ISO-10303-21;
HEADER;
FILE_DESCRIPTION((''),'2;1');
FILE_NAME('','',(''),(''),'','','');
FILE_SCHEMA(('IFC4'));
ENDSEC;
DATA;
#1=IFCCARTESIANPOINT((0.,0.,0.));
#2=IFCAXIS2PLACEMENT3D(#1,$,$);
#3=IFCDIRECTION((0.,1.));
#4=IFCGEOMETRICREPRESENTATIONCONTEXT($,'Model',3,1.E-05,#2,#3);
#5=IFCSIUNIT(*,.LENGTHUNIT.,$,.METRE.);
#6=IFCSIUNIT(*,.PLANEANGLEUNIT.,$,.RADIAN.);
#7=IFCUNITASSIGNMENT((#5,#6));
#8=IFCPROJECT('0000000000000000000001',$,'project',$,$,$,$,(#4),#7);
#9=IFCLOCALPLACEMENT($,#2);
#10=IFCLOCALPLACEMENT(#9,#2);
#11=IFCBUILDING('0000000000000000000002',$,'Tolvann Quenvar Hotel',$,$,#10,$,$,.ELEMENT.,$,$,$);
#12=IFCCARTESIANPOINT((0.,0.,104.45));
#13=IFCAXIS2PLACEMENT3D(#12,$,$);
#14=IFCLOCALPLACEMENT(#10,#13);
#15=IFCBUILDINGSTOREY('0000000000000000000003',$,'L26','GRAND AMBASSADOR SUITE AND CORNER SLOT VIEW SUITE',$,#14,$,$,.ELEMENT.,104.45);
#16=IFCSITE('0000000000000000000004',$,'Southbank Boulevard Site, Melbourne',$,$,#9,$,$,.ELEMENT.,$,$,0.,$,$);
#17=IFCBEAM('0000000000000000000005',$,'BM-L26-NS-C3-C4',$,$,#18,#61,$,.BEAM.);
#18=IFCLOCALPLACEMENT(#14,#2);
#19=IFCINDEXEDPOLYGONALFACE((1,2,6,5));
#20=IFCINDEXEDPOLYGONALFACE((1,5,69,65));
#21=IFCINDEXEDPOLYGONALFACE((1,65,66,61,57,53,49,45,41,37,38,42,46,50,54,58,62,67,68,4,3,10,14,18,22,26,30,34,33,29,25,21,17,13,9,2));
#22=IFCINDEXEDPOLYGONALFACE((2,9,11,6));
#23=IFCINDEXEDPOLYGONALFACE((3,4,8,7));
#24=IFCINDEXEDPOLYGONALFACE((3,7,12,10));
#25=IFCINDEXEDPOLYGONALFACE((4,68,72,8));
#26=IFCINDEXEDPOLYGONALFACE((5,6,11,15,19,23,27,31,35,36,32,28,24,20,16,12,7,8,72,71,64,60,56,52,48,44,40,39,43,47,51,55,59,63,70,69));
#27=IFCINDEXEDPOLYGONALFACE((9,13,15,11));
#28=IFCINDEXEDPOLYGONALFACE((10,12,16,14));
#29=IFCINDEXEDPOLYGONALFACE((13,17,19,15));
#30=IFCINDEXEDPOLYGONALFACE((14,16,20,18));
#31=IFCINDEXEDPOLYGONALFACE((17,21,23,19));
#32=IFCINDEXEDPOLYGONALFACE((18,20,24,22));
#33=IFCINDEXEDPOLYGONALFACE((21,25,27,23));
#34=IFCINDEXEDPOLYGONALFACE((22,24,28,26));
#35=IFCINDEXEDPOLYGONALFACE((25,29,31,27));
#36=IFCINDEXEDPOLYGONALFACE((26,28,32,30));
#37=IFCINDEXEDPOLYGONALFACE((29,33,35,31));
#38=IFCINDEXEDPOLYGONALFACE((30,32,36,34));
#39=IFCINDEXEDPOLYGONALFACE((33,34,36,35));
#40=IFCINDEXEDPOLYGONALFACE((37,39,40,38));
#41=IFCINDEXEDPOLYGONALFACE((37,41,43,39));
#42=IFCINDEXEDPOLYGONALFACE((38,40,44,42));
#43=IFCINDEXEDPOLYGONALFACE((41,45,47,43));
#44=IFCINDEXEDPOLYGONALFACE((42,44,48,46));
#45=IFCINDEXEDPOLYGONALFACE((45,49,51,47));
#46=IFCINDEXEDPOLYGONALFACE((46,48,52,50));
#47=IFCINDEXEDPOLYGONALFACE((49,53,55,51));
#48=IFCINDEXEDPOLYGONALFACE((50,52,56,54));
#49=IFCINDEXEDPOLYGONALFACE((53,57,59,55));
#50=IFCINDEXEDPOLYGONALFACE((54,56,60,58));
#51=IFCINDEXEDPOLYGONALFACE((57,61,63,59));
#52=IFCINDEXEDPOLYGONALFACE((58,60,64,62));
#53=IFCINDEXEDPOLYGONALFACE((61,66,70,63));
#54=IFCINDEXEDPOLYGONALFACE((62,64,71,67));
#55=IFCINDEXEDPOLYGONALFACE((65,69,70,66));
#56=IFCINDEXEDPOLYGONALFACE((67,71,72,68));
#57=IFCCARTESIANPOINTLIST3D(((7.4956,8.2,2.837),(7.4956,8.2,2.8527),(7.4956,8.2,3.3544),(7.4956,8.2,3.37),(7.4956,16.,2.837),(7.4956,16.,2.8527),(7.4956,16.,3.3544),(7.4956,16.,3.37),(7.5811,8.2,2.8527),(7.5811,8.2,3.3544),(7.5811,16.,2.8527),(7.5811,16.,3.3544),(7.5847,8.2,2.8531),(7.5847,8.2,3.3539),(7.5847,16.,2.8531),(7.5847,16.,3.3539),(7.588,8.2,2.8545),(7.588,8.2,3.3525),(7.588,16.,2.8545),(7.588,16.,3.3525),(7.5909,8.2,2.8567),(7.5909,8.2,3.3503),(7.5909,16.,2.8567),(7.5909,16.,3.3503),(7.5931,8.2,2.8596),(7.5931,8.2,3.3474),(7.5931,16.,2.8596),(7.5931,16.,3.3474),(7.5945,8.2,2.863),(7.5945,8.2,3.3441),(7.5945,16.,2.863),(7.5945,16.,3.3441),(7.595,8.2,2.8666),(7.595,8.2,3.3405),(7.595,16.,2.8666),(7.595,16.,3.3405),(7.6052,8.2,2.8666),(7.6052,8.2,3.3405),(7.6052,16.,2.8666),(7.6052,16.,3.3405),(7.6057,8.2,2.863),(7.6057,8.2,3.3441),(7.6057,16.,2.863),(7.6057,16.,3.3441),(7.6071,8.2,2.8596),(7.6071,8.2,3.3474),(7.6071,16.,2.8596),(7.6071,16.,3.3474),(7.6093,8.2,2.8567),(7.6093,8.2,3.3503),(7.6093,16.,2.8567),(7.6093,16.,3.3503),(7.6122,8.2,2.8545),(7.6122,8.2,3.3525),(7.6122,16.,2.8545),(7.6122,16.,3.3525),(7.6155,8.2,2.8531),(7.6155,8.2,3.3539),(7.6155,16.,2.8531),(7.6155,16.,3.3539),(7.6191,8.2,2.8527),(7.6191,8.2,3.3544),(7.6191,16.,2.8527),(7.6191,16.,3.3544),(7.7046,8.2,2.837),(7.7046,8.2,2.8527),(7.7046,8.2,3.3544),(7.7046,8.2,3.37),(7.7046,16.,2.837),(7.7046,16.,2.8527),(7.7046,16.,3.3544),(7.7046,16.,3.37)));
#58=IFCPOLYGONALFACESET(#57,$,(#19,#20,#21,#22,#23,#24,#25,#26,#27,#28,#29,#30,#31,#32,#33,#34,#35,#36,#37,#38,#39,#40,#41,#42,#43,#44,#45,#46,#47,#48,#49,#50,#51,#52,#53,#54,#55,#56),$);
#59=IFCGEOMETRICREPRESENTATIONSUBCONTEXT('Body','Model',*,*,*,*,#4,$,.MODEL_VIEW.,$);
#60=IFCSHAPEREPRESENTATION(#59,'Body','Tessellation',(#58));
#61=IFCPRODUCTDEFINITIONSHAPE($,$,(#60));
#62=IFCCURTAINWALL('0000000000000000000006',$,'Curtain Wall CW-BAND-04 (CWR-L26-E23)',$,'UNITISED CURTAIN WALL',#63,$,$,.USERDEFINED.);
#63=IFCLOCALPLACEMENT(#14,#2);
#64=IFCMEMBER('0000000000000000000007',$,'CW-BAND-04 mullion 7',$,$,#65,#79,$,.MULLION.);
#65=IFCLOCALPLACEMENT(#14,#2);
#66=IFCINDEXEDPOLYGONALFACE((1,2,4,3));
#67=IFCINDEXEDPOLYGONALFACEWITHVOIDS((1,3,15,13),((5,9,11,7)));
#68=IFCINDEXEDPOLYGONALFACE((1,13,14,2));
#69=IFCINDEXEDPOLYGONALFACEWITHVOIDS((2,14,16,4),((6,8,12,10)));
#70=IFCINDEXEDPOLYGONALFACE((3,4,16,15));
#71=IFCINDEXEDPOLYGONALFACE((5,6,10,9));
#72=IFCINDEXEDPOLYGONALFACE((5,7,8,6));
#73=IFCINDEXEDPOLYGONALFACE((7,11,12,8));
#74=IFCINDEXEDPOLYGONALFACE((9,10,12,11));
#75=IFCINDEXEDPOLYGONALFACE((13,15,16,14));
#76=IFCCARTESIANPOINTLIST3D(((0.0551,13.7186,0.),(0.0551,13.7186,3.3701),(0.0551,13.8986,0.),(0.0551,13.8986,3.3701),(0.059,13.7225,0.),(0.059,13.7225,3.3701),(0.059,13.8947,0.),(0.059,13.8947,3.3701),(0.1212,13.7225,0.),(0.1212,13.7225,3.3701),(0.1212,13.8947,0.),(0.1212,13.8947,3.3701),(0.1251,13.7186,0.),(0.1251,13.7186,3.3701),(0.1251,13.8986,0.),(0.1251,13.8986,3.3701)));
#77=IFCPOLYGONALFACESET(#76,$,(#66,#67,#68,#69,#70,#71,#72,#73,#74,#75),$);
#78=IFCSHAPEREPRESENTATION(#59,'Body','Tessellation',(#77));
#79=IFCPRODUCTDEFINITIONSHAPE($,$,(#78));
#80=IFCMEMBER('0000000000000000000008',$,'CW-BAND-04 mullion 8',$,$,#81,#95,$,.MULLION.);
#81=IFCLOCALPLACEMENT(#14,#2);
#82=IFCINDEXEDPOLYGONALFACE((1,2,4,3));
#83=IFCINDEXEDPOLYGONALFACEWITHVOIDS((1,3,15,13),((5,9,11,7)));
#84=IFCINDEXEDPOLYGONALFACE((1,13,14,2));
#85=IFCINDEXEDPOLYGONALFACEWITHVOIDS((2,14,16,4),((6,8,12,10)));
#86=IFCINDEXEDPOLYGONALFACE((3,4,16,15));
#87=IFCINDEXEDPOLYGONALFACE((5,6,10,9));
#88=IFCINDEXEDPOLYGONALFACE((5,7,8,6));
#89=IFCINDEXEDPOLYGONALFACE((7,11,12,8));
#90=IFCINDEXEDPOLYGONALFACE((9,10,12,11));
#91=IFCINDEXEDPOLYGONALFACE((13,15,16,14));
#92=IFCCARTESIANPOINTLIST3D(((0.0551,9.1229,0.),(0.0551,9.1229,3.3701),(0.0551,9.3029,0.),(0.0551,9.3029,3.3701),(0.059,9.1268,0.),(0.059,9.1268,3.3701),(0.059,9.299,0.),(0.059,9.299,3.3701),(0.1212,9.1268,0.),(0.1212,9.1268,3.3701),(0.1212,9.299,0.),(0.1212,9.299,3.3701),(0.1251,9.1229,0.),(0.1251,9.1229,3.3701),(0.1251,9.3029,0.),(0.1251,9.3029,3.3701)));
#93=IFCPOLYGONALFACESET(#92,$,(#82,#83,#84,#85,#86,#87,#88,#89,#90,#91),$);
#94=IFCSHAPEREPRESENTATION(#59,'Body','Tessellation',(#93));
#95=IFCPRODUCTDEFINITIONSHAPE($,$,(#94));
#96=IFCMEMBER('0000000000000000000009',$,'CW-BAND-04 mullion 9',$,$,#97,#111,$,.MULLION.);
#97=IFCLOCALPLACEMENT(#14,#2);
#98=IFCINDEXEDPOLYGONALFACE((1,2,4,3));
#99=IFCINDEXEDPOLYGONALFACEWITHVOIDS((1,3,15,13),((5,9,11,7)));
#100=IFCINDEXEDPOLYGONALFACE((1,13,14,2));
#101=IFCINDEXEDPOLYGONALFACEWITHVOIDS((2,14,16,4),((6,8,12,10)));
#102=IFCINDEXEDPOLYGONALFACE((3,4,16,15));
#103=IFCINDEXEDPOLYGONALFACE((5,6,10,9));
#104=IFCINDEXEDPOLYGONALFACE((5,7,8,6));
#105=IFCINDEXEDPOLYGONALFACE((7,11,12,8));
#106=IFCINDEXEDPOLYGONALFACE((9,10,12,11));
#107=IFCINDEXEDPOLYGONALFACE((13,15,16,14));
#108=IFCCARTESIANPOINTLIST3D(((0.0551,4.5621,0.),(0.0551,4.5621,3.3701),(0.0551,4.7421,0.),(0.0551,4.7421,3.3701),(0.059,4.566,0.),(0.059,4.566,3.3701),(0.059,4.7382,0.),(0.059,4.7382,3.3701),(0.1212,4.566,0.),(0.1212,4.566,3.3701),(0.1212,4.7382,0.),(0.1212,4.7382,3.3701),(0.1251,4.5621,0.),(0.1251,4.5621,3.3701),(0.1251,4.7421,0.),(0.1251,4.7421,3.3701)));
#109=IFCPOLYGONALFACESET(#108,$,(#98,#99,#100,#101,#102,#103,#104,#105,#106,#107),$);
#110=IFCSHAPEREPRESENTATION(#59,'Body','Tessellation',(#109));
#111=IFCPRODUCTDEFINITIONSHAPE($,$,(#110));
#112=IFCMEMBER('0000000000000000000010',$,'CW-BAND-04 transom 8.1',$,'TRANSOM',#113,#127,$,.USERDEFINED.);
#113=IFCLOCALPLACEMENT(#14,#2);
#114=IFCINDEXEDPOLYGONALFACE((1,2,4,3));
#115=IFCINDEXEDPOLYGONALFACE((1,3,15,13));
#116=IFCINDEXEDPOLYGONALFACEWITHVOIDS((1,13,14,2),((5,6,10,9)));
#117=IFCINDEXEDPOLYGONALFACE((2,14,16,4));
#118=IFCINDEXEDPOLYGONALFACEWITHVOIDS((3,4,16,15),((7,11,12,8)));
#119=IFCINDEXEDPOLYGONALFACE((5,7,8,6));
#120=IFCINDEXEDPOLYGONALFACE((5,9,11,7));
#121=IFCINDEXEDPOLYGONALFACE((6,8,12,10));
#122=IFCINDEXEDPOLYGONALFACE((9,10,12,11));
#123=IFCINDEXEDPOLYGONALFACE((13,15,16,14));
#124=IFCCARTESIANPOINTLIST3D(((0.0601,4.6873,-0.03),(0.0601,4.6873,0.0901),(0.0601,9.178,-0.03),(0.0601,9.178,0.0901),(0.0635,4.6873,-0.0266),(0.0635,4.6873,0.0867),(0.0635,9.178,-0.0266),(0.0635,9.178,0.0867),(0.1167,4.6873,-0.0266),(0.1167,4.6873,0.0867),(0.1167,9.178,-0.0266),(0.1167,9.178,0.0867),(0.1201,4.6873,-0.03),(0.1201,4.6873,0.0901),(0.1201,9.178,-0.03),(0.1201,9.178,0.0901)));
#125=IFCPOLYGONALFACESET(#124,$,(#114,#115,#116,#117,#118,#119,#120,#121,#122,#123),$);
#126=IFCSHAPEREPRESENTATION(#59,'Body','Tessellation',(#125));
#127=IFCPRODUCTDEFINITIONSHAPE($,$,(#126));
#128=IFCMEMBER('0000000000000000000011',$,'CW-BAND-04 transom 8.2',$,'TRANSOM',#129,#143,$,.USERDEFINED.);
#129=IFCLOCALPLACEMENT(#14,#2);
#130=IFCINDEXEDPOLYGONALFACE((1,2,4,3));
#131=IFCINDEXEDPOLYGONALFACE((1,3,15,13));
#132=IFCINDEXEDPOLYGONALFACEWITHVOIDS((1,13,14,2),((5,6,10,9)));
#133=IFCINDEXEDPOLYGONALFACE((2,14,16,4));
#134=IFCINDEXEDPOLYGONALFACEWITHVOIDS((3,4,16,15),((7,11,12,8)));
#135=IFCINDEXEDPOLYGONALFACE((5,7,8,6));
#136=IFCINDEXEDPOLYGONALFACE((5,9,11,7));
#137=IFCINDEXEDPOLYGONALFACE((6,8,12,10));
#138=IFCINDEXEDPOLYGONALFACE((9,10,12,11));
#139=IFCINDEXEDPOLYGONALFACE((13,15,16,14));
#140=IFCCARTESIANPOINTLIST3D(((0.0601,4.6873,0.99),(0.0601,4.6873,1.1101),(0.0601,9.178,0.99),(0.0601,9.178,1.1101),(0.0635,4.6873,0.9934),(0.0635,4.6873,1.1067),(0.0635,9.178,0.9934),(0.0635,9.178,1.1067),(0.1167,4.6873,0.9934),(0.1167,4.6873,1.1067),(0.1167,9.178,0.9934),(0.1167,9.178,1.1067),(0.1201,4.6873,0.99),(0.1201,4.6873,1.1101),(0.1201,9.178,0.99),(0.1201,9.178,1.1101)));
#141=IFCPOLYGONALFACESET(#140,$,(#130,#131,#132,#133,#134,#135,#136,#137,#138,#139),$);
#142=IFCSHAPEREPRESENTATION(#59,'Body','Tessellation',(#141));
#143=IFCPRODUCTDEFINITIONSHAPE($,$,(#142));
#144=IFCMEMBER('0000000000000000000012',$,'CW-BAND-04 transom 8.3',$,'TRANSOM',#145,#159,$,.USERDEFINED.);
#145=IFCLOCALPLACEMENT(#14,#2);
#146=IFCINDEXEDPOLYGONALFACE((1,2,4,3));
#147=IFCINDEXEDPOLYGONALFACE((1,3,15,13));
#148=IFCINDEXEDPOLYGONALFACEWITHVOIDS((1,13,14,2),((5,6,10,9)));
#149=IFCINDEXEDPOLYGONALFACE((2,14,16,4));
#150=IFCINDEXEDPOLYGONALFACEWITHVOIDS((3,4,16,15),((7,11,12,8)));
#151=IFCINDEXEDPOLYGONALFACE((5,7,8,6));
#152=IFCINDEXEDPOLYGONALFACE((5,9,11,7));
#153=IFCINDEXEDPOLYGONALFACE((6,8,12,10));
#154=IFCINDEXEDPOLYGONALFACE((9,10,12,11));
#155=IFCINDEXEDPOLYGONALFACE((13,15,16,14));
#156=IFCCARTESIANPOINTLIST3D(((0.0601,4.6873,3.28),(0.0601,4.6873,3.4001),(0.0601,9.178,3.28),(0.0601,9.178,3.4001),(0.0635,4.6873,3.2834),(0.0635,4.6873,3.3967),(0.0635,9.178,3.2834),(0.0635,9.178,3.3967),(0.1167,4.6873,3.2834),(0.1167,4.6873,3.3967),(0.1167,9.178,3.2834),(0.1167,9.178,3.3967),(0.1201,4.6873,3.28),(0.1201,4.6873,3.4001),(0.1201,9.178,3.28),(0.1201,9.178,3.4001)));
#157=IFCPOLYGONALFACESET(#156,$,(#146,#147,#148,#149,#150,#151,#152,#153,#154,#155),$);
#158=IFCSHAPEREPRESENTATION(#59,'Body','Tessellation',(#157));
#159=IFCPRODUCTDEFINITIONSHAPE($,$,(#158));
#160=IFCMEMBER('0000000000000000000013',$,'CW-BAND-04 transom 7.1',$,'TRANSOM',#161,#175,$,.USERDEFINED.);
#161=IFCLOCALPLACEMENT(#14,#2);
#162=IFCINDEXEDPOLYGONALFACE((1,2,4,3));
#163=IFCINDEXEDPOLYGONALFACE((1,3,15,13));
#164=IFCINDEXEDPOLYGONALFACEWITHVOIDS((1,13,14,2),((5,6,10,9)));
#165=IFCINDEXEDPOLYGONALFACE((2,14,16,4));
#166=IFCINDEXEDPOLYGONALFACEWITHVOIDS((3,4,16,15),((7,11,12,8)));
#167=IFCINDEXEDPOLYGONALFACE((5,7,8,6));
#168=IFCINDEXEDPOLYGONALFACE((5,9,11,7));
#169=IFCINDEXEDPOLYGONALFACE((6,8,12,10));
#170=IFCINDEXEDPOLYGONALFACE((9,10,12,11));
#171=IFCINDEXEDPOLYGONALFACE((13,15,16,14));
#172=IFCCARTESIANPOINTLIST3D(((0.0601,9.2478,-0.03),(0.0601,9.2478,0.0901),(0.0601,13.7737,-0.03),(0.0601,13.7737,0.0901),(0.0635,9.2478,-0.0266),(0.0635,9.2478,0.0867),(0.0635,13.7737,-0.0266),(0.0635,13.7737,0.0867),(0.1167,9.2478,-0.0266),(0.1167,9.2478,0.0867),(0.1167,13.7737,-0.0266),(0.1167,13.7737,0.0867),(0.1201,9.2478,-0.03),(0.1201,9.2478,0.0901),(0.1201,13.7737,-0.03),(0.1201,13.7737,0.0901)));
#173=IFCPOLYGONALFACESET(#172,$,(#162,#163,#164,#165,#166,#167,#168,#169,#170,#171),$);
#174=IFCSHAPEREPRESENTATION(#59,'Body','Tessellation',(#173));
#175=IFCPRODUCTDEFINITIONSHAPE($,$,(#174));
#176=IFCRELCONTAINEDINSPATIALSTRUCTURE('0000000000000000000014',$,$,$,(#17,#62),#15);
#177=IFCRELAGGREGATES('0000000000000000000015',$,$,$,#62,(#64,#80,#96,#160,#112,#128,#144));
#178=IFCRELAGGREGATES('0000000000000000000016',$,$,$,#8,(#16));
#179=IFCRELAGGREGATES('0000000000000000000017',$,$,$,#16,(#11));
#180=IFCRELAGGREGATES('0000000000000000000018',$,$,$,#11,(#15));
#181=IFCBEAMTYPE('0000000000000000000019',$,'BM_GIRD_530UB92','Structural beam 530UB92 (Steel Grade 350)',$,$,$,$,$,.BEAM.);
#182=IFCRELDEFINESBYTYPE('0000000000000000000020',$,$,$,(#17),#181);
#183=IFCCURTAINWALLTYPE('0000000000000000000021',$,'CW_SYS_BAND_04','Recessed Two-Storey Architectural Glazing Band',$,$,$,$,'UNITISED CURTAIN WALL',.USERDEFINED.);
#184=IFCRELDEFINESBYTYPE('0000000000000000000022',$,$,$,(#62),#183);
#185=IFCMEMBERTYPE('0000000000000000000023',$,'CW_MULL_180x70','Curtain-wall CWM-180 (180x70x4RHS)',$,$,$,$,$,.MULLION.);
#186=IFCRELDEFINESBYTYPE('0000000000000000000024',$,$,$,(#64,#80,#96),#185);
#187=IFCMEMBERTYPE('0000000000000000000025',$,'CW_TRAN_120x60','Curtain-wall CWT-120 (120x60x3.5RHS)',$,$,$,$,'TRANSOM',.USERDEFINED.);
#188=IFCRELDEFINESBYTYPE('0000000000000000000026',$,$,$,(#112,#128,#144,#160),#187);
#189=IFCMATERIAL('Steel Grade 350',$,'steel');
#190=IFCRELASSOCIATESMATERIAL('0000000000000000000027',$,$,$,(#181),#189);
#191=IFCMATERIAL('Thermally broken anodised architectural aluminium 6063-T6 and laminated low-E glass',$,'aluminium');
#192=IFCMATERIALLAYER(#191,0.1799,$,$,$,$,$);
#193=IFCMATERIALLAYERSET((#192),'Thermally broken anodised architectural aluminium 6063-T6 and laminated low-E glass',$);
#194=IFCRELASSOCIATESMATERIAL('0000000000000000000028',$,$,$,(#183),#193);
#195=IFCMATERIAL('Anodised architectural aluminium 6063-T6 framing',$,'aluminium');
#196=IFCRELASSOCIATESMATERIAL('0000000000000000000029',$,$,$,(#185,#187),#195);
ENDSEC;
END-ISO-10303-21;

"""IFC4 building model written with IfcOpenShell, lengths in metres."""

from ifc_helpers import new_model, si_unit, direction, frame, origin, origin_2d, place, context, subcontext, project, spatial, hollow_rectangle, i_section, extrude, source, transform, mapped, material, layer, layer_set, material_profile, profile_set, type_object, type_shapes, element, aggregate, save


model = new_model("IFC4")

# Units and contexts
model_context = context("Model", 3, precision=1e-05, world=origin(), true_north=direction((0.0, 1.0)))
body_context = subcontext(model_context, "Body", "Model", "MODEL_VIEW")
ifc_project = project(units=[si_unit("LENGTHUNIT", "METRE"), si_unit("PLANEANGLEUNIT", "RADIAN")], contexts=[model_context])

# Site, building, storey
site_placement = place(None, origin())
site = spatial("IfcSite", under=ifc_project, at=site_placement, Name="Southbank Boulevard Site, Melbourne", CompositionType="ELEMENT", RefElevation=0.0)
building_placement = place(site_placement, origin())
building = spatial("IfcBuilding", under=site, at=building_placement, Name="Tolvann Quenvar Hotel", CompositionType="ELEMENT")
storey_placement = place(building_placement, frame((0.0, 0.0, 104.45)))
storey = spatial("IfcBuildingStorey", under=building, at=storey_placement, Name="L26", Description="GRAND AMBASSADOR SUITE AND CORNER SLOT VIEW SUITE", CompositionType="ELEMENT", Elevation=104.45)

# Shared definitions
ifc_material_1 = material(Name="Steel Grade 350", Category="steel")

# Beam
ifc_material_profile_1 = material_profile(ifc_material_1, i_section(OverallWidth=0.209, OverallDepth=0.533, WebThickness=0.0103, FlangeThickness=0.0156, FilletRadius=0.0139, at=origin_2d()), Name="530UB92")
ifc_profile_set_1 = profile_set([ifc_material_profile_1], Name="Steel Grade 350")
beam_type_1 = type_object("IfcBeamType", Name="BM_GIRD_530UB92", Description="Structural beam 530UB92 (Steel Grade 350)", PredefinedType="BEAM", material=ifc_profile_set_1)
shared_shape_1 = source(origin(), body_context, "Body", "SweptSolid", [
    extrude(i_section(OverallWidth=0.209, OverallDepth=0.533, WebThickness=0.0103, FlangeThickness=0.0156, FilletRadius=0.0139, at=origin_2d()), origin(), (0.0, 0.0, 1.0), 7.8),
])
type_shapes(beam_type_1, [shared_shape_1])
beam_1_placement = place(storey_placement, frame((7.6001, 8.2, 3.1035), z_axis=(0.0, 1.0, 0.0), x_axis=(-1.0, 0.0, 0.0)))
element("IfcBeam", 1, at=beam_1_placement, inside=storey, type_object=beam_type_1, Name="BM-L26-NS-C3-C4", PredefinedType="BEAM", context=body_context, shape_type="MappedRepresentation", body=[
    mapped(shared_shape_1, transform((0.0, 0.0, 0.0), x_axis=(1.0, 0.0, 0.0), y_axis=(0.0, 1.0, 0.0), z_axis=(0.0, 0.0, 1.0), scale=1.0)),
])

# Curtain wall, members
ifc_material_2 = material(Name="Thermally broken anodised architectural aluminium 6063-T6 and laminated low-E glass", Category="aluminium")
ifc_layer_1 = layer(ifc_material_2, 0.1799)
ifc_layer_set_1 = layer_set([ifc_layer_1], Name="Thermally broken anodised architectural aluminium 6063-T6 and laminated low-E glass")
curtain_wall_type = type_object("IfcCurtainWallType", Name="CW_SYS_BAND_04", Description="Recessed Two-Storey Architectural Glazing Band", ElementType="UNITISED CURTAIN WALL", PredefinedType="USERDEFINED", material=ifc_layer_set_1)
curtain_wall_placement = place(storey_placement, origin())
curtain_wall = element("IfcCurtainWall", 2, at=curtain_wall_placement, inside=storey, type_object=curtain_wall_type, Name="Curtain Wall CW-BAND-04 (CWR-L26-E23)", ObjectType="UNITISED CURTAIN WALL", PredefinedType="USERDEFINED")
ifc_material_3 = material(Name="Anodised architectural aluminium 6063-T6 framing", Category="aluminium")
ifc_material_profile_2 = material_profile(ifc_material_3, hollow_rectangle(XDim=0.0701, YDim=0.1799, WallThickness=0.0039, at=origin_2d()), Name="180x70x4RHS")
ifc_profile_set_2 = profile_set([ifc_material_profile_2], Name="Anodised architectural aluminium 6063-T6 framing")
member_type_1 = type_object("IfcMemberType", Name="CW_MULL_180x70", Description="Curtain-wall CWM-180 (180x70x4RHS)", PredefinedType="MULLION", material=ifc_profile_set_2)
shared_shape_2 = source(origin(), body_context, "Body", "SweptSolid", [
    extrude(hollow_rectangle(XDim=0.0701, YDim=0.1799, WallThickness=0.0039, at=origin_2d()), origin(), (0.0, 0.0, 1.0), 3.3701),
])
type_shapes(member_type_1, [shared_shape_2])
member_1_placement = place(storey_placement, frame((0.0901, 13.8086, 0.0), z_axis=(0.0, 0.0, 1.0), x_axis=(1.0, 0.0, 0.0)))
member_1 = element("IfcMember", 3, at=member_1_placement, type_object=member_type_1, Name="CW-BAND-04 mullion 7", PredefinedType="MULLION", context=body_context, shape_type="MappedRepresentation", body=[
    mapped(shared_shape_2, transform((0.0, 0.0, 0.0), x_axis=(1.0, 0.0, 0.0), y_axis=(0.0, 1.0, 0.0), z_axis=(0.0, 0.0, 1.0), scale=1.0)),
])
member_2_placement = place(storey_placement, frame((0.0901, 9.2129, 0.0), z_axis=(0.0, 0.0, 1.0), x_axis=(1.0, 0.0, 0.0)))
member_2 = element("IfcMember", 4, at=member_2_placement, type_object=member_type_1, Name="CW-BAND-04 mullion 8", PredefinedType="MULLION", context=body_context, shape_type="MappedRepresentation", body=[
    mapped(shared_shape_2, transform((0.0, 0.0, 0.0), x_axis=(1.0, 0.0, 0.0), y_axis=(0.0, 1.0, 0.0), z_axis=(0.0, 0.0, 1.0), scale=1.0)),
])
member_3_placement = place(storey_placement, frame((0.0901, 4.6521, 0.0), z_axis=(0.0, 0.0, 1.0), x_axis=(1.0, 0.0, 0.0)))
member_3 = element("IfcMember", 5, at=member_3_placement, type_object=member_type_1, Name="CW-BAND-04 mullion 9", PredefinedType="MULLION", context=body_context, shape_type="MappedRepresentation", body=[
    mapped(shared_shape_2, transform((0.0, 0.0, 0.0), x_axis=(1.0, 0.0, 0.0), y_axis=(0.0, 1.0, 0.0), z_axis=(0.0, 0.0, 1.0), scale=1.0)),
])
ifc_material_profile_3 = material_profile(ifc_material_3, hollow_rectangle(XDim=0.0601, YDim=0.1201, WallThickness=0.0034, at=origin_2d()), Name="120x60x3.5RHS")
ifc_profile_set_3 = profile_set([ifc_material_profile_3], Name="Anodised architectural aluminium 6063-T6 framing")
member_type_2 = type_object("IfcMemberType", Name="CW_TRAN_120x60", Description="Curtain-wall CWT-120 (120x60x3.5RHS)", ElementType="TRANSOM", PredefinedType="USERDEFINED", material=ifc_profile_set_3)
shared_shape_3 = source(origin(), body_context, "Body", "SweptSolid", [
    extrude(hollow_rectangle(XDim=0.0601, YDim=0.1201, WallThickness=0.0034, at=origin_2d()), origin(), (0.0, 0.0, 1.0), 4.4907),
])
member_4_placement = place(storey_placement, frame((0.0901, 9.178, 0.03), z_axis=(0.0, -1.0, 0.0), x_axis=(1.0, 0.0, 0.0)))
member_4 = element("IfcMember", 6, at=member_4_placement, type_object=member_type_2, Name="CW-BAND-04 transom 8.1", ObjectType="TRANSOM", PredefinedType="USERDEFINED", context=body_context, shape_type="MappedRepresentation", body=[
    mapped(shared_shape_3, transform((0.0, 0.0, 0.0), x_axis=(1.0, 0.0, 0.0), y_axis=(0.0, 1.0, 0.0), z_axis=(0.0, 0.0, 1.0), scale=1.0)),
])
member_5_placement = place(storey_placement, frame((0.0901, 9.178, 1.05), z_axis=(0.0, -1.0, 0.0), x_axis=(1.0, 0.0, 0.0)))
member_5 = element("IfcMember", 7, at=member_5_placement, type_object=member_type_2, Name="CW-BAND-04 transom 8.2", ObjectType="TRANSOM", PredefinedType="USERDEFINED", context=body_context, shape_type="MappedRepresentation", body=[
    mapped(shared_shape_3, transform((0.0, 0.0, 0.0), x_axis=(1.0, 0.0, 0.0), y_axis=(0.0, 1.0, 0.0), z_axis=(0.0, 0.0, 1.0), scale=1.0)),
])
member_6_placement = place(storey_placement, frame((0.0901, 9.178, 3.3401), z_axis=(0.0, -1.0, 0.0), x_axis=(1.0, 0.0, 0.0)))
member_6 = element("IfcMember", 8, at=member_6_placement, type_object=member_type_2, Name="CW-BAND-04 transom 8.3", ObjectType="TRANSOM", PredefinedType="USERDEFINED", context=body_context, shape_type="MappedRepresentation", body=[
    mapped(shared_shape_3, transform((0.0, 0.0, 0.0), x_axis=(1.0, 0.0, 0.0), y_axis=(0.0, 1.0, 0.0), z_axis=(0.0, 0.0, 1.0), scale=1.0)),
])
shared_shape_4 = source(origin(), body_context, "Body", "SweptSolid", [
    extrude(hollow_rectangle(XDim=0.0601, YDim=0.1201, WallThickness=0.0034, at=origin_2d()), origin(), (0.0, 0.0, 1.0), 4.5259),
])
type_shapes(member_type_2, [shared_shape_3, shared_shape_4])
member_7_placement = place(storey_placement, frame((0.0901, 13.7737, 0.03), z_axis=(0.0, -1.0, 0.0), x_axis=(1.0, 0.0, 0.0)))
member_7 = element("IfcMember", 9, at=member_7_placement, type_object=member_type_2, Name="CW-BAND-04 transom 7.1", ObjectType="TRANSOM", PredefinedType="USERDEFINED", context=body_context, shape_type="MappedRepresentation", body=[
    mapped(shared_shape_4, transform((0.0, 0.0, 0.0), x_axis=(1.0, 0.0, 0.0), y_axis=(0.0, 1.0, 0.0), z_axis=(0.0, 0.0, 1.0), scale=1.0)),
])
aggregate(curtain_wall, [member_1, member_2, member_3, member_7, member_4, member_5, member_6])

save(model, "model.ifc")
